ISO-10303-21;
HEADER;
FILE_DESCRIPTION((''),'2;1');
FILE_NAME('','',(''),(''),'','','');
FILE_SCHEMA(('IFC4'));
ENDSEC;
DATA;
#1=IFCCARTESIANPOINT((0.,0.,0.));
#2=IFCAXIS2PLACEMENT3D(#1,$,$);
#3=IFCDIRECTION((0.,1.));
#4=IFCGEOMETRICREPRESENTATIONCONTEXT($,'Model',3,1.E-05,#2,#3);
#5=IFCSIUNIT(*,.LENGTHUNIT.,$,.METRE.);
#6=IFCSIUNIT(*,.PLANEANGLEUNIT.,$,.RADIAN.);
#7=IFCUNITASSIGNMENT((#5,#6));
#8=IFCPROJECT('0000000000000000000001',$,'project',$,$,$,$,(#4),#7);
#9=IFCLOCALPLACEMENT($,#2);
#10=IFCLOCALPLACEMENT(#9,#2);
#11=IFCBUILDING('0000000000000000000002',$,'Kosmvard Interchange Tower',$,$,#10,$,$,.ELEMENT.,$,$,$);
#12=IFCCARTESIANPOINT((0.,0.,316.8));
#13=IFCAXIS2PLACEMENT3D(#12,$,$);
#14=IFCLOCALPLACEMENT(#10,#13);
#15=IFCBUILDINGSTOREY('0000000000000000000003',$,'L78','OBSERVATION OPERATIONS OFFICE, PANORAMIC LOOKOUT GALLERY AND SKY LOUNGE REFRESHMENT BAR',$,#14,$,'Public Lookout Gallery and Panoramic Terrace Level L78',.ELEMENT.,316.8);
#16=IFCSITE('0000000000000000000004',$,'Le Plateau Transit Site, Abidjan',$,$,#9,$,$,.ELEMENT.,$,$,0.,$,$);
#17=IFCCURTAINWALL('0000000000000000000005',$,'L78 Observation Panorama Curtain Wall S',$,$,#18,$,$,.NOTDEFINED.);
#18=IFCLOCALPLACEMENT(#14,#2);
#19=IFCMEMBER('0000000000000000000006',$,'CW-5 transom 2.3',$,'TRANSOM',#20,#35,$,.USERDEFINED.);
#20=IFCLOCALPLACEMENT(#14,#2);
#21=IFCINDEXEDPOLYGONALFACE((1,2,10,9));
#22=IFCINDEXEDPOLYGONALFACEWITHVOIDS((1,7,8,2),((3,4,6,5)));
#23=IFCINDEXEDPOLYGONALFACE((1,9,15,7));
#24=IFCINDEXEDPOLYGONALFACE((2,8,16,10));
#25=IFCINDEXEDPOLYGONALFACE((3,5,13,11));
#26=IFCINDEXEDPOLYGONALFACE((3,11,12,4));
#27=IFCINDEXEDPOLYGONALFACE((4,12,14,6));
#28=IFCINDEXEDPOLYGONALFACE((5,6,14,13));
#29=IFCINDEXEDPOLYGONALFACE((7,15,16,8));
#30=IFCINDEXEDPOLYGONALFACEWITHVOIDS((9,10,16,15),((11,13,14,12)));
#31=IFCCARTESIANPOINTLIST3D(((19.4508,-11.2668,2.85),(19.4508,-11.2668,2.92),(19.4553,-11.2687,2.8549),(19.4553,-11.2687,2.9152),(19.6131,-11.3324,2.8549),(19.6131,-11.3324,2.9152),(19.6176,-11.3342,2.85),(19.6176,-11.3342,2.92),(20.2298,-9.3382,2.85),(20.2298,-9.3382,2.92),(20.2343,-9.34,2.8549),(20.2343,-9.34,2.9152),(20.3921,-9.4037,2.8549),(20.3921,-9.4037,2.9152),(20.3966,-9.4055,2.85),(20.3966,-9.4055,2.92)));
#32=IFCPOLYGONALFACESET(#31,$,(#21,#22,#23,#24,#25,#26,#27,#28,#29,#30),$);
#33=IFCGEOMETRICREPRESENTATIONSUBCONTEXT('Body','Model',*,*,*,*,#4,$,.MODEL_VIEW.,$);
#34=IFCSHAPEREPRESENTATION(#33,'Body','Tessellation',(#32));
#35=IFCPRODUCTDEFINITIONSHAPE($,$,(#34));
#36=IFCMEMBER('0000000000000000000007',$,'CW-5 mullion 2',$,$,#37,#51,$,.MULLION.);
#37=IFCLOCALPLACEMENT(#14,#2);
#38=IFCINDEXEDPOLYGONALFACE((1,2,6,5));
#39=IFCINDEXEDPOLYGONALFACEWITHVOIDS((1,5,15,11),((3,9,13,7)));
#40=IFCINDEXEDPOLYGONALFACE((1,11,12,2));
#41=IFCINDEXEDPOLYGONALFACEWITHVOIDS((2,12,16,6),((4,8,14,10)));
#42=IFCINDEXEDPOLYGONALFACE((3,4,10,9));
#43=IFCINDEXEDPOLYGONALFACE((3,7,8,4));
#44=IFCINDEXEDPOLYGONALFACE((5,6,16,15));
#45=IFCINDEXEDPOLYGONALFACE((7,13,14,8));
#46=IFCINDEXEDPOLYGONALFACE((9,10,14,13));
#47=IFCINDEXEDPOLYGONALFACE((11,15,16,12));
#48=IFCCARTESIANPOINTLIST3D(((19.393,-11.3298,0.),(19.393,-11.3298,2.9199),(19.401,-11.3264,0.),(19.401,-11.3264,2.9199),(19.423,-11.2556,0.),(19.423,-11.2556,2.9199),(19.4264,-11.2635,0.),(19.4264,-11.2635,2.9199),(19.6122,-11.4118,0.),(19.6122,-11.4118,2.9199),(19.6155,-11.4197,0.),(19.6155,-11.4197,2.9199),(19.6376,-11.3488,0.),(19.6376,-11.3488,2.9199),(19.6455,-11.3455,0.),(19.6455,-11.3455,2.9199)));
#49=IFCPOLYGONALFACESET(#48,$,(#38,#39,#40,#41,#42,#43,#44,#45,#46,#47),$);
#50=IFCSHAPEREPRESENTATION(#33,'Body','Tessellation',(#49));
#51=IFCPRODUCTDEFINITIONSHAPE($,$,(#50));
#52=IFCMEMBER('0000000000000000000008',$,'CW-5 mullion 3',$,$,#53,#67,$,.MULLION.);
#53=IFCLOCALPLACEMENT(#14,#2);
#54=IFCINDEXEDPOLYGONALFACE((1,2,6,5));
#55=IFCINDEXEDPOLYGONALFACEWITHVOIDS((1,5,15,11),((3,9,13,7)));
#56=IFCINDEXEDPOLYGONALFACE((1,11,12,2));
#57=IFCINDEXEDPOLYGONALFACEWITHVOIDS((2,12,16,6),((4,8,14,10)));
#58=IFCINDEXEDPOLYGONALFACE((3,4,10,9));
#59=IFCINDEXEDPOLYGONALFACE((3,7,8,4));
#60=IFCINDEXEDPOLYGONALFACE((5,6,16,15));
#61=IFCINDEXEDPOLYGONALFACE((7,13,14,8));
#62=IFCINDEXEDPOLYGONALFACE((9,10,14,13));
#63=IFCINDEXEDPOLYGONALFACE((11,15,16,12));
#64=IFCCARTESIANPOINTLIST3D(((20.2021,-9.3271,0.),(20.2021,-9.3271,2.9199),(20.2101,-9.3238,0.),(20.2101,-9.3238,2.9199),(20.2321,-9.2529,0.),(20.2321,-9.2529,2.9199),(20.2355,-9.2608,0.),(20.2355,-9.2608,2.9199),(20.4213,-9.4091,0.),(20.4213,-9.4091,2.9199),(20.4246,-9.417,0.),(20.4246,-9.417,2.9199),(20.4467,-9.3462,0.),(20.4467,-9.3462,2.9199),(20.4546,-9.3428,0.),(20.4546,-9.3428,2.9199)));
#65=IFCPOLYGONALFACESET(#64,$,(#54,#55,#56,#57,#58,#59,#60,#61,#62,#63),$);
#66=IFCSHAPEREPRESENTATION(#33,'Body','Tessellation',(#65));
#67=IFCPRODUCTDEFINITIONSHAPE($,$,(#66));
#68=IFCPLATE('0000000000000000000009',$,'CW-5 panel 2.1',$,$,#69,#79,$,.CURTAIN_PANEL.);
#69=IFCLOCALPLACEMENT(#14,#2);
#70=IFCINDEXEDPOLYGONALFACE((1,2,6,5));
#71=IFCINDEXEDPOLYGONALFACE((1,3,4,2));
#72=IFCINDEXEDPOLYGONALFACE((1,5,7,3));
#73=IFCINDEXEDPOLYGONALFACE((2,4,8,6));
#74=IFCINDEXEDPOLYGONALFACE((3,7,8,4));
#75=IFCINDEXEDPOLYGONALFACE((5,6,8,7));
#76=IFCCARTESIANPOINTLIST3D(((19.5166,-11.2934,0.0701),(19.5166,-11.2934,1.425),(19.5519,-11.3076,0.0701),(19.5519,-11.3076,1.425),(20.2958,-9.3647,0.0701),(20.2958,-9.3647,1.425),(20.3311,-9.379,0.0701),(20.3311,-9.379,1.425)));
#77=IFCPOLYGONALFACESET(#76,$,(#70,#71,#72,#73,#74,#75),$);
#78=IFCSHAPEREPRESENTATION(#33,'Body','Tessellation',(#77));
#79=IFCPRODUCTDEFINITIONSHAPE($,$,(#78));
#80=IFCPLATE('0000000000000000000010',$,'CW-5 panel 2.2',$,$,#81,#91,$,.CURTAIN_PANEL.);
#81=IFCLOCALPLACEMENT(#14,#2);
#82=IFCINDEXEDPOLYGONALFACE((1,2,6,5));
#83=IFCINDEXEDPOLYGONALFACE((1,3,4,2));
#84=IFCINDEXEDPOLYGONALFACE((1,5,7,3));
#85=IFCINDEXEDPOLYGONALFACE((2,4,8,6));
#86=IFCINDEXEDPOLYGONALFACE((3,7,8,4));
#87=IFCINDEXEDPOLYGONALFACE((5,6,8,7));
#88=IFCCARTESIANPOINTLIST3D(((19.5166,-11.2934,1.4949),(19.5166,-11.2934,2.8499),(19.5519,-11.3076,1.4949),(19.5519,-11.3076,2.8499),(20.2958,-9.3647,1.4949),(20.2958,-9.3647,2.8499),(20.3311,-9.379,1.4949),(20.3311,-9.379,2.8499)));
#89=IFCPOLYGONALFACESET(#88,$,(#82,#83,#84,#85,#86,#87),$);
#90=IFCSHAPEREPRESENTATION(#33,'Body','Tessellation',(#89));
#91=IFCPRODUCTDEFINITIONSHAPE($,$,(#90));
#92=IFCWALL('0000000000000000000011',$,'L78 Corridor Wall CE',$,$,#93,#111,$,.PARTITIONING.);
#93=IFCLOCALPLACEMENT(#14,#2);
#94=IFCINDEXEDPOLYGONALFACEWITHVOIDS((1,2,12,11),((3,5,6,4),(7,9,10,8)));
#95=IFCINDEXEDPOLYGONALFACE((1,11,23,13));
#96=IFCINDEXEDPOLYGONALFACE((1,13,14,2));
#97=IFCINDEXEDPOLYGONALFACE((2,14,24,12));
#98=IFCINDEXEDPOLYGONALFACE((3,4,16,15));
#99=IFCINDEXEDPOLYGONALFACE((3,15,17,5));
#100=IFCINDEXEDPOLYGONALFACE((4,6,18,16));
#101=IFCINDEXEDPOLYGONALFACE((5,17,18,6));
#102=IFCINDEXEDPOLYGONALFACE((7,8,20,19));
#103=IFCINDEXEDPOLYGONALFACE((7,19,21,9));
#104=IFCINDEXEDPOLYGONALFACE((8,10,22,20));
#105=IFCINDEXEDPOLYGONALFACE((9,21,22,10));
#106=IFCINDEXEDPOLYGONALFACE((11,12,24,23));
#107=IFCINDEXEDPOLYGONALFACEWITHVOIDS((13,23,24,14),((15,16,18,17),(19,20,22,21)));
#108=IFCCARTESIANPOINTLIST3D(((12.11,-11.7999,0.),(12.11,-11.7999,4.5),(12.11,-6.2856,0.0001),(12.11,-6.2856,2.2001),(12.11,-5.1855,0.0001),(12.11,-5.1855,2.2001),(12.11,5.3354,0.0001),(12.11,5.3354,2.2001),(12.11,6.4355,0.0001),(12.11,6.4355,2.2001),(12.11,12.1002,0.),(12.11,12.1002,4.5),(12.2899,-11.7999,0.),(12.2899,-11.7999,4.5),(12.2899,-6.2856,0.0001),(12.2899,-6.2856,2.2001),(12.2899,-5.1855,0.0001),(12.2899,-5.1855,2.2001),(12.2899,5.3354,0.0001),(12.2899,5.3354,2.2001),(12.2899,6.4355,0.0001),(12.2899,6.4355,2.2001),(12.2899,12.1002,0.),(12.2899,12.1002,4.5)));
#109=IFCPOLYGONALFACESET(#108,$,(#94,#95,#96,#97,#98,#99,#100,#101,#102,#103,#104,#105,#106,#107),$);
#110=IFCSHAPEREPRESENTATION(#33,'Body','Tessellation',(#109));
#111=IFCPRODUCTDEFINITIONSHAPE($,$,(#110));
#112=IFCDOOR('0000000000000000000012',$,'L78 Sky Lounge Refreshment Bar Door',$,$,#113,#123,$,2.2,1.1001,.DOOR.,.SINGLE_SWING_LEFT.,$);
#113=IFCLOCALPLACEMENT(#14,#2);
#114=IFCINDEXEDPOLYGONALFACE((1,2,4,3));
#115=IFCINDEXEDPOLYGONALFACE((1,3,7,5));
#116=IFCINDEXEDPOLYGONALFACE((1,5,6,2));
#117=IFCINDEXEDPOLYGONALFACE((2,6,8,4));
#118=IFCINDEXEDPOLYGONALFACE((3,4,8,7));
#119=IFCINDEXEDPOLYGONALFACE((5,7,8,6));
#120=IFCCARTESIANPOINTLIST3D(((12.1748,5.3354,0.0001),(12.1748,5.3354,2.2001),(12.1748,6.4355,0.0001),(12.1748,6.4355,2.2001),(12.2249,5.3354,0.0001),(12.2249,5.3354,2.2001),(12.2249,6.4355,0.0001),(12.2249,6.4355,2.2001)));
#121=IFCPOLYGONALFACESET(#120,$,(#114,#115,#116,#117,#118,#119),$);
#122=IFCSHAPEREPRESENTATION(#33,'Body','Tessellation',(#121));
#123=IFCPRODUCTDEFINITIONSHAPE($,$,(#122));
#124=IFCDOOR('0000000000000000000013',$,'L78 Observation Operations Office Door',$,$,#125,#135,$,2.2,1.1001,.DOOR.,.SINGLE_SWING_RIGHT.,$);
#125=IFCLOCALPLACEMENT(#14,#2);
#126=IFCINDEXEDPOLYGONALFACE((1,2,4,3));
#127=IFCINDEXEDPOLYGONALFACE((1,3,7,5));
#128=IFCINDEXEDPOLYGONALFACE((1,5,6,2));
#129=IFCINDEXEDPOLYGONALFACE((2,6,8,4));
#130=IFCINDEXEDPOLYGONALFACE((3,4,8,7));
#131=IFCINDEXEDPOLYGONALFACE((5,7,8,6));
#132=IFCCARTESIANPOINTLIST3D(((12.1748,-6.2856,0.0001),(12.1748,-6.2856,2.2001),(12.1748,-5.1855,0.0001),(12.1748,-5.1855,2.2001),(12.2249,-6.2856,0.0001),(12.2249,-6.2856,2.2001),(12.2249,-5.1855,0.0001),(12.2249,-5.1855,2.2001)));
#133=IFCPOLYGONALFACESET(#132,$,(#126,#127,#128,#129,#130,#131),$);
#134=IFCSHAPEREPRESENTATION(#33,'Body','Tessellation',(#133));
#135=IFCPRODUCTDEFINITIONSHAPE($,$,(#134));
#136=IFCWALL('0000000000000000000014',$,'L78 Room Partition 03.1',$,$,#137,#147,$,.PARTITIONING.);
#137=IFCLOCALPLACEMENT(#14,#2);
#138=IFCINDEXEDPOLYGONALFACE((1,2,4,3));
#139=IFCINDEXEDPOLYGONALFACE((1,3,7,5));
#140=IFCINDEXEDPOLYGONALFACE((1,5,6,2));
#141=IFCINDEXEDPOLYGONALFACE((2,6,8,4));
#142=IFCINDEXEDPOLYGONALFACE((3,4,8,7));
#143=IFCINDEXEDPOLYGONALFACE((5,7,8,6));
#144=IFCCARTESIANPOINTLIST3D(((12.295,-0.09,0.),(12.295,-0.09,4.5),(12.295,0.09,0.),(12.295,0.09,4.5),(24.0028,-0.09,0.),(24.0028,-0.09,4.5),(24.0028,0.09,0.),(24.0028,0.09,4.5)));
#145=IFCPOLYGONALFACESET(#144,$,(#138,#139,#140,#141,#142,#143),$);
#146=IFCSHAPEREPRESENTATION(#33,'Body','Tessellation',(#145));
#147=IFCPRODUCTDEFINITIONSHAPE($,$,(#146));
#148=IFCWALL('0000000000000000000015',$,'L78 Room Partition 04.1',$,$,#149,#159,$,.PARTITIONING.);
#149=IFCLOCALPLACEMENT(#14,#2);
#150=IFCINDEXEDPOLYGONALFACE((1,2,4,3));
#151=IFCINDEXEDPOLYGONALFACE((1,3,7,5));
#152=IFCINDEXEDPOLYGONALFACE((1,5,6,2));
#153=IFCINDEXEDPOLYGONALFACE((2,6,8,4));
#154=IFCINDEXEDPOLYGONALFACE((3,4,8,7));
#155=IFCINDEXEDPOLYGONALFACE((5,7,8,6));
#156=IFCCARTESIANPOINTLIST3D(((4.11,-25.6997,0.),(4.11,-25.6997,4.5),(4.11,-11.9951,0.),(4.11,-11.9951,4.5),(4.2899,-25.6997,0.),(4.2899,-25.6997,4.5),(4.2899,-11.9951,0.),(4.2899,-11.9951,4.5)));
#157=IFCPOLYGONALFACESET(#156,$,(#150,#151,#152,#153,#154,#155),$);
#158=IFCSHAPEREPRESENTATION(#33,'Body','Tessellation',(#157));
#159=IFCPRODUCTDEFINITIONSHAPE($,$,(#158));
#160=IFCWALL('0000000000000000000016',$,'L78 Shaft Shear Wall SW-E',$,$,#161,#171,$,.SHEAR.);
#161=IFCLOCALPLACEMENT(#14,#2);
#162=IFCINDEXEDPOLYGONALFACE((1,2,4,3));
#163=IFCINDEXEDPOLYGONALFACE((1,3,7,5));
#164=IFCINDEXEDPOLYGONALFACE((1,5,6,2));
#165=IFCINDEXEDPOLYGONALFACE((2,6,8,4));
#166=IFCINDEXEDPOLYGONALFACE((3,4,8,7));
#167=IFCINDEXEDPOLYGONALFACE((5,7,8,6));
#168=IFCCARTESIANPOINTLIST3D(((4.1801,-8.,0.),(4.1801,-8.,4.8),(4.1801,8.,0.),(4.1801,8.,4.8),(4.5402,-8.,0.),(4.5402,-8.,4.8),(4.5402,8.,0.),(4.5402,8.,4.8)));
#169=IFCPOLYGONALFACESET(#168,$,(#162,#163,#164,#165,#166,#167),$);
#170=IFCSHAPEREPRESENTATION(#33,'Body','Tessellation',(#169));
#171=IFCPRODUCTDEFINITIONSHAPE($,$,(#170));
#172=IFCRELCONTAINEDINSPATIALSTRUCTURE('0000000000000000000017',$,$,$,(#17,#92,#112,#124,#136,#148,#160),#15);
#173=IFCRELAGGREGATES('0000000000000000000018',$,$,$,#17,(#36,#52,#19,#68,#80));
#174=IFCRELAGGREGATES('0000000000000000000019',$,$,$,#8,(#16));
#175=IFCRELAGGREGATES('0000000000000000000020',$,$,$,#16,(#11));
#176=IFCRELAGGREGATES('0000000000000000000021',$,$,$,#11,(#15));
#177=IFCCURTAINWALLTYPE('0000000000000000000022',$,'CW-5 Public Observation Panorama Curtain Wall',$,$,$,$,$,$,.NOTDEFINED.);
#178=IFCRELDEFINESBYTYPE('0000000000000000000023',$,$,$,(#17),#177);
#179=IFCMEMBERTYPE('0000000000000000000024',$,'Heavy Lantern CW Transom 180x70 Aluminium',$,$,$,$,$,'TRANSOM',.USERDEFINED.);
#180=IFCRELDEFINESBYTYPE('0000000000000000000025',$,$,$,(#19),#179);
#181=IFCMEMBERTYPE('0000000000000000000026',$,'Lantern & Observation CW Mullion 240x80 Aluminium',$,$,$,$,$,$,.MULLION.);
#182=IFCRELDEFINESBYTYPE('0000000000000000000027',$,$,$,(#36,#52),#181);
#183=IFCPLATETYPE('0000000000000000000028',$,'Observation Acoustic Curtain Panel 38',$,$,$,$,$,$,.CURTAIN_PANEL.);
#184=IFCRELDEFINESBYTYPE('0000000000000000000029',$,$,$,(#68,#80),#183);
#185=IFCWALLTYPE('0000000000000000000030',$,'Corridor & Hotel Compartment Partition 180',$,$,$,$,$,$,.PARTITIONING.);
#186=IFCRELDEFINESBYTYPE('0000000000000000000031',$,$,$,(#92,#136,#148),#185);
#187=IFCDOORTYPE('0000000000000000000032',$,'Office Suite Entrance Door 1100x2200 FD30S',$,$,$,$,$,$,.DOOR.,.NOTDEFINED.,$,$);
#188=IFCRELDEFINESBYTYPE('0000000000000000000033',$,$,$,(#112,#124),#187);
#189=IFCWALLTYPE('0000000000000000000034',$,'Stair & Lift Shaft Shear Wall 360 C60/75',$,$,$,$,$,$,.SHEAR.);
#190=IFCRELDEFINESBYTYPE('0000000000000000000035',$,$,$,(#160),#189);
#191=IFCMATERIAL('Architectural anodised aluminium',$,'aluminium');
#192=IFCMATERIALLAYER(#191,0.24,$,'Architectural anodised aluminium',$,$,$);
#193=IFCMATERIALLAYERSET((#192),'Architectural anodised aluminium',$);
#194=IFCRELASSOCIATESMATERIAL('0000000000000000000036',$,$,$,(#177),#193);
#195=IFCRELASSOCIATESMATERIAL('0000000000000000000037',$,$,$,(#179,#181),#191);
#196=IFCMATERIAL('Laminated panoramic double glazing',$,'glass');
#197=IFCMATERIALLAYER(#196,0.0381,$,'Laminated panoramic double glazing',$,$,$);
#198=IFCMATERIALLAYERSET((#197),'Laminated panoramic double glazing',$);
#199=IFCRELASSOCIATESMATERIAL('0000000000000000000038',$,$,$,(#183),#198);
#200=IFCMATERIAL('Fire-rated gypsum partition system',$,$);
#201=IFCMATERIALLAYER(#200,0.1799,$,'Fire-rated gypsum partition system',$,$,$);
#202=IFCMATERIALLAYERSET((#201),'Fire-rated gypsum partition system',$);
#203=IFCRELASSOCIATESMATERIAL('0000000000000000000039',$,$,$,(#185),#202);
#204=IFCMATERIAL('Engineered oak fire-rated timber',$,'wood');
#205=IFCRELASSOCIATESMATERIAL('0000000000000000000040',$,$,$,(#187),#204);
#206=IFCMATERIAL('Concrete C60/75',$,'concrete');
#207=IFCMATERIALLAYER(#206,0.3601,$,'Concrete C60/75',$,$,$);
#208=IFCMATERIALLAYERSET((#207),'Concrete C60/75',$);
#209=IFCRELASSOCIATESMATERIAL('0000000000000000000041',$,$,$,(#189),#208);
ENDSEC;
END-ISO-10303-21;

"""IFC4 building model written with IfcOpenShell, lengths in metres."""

from ifc_helpers import new_model, si_unit, direction, frame, frame_2d, origin, origin_2d, place, context, subcontext, project, spatial, rectangle, hollow_rectangle, extrude, source, transform, mapped, material, layer, layer_set, material_profile, profile_set, type_object, element, fill, aggregate, save


model = new_model("IFC4")

# Units and contexts
model_context = context("Model", 3, precision=1e-05, world=origin(), true_north=direction((0.0, 1.0)))
body_context = subcontext(model_context, "Body", "Model", "MODEL_VIEW")
ifc_project = project(units=[si_unit("LENGTHUNIT", "METRE"), si_unit("PLANEANGLEUNIT", "RADIAN")], contexts=[model_context])

# Site, building, storey
site_placement = place(None, origin())
site = spatial("IfcSite", under=ifc_project, at=site_placement, Name="Le Plateau Transit Site, Abidjan", CompositionType="ELEMENT", RefElevation=0.0)
building_placement = place(site_placement, origin())
building = spatial("IfcBuilding", under=site, at=building_placement, Name="Kosmvard Interchange Tower", CompositionType="ELEMENT")
storey_placement = place(building_placement, frame((0.0, 0.0, 316.8)))
storey = spatial("IfcBuildingStorey", under=building, at=storey_placement, Name="L78", Description="OBSERVATION OPERATIONS OFFICE, PANORAMIC LOOKOUT GALLERY AND SKY LOUNGE REFRESHMENT BAR", LongName="Public Lookout Gallery and Panoramic Terrace Level L78", CompositionType="ELEMENT", Elevation=316.8)

# Curtain wall, members, plates
ifc_material_1 = material(Name="Architectural anodised aluminium", Category="aluminium")
ifc_layer_1 = layer(ifc_material_1, 0.24, Name="Architectural anodised aluminium")
ifc_layer_set_1 = layer_set([ifc_layer_1], Name="Architectural anodised aluminium")
curtain_wall_type = type_object("IfcCurtainWallType", Name="CW-5 Public Observation Panorama Curtain Wall", PredefinedType="NOTDEFINED", material=ifc_layer_set_1)
curtain_wall_placement = place(storey_placement, origin())
curtain_wall = element("IfcCurtainWall", 1, at=curtain_wall_placement, inside=storey, type_object=curtain_wall_type, Name="L78 Observation Panorama Curtain Wall S", PredefinedType="NOTDEFINED")
ifc_material_profile_1 = material_profile(ifc_material_1, hollow_rectangle(XDim=0.1799, YDim=0.0701, WallThickness=0.0049, at=origin_2d()), Name="CWT 180x70x5")
ifc_profile_set_1 = profile_set([ifc_material_profile_1], Name="Architectural anodised aluminium")
member_type_1 = type_object("IfcMemberType", Name="Heavy Lantern CW Transom 180x70 Aluminium", ElementType="TRANSOM", PredefinedType="USERDEFINED", material=ifc_profile_set_1)
shared_shape_1 = source(origin(), body_context, "Body", "SweptSolid", [
    extrude(hollow_rectangle(XDim=0.1799, YDim=0.0701, WallThickness=0.0049, at=origin_2d()), origin(), (0.0, 0.0, 1.0), 2.0801),
])
member_1_placement = place(storey_placement, frame((19.5342, -11.3005, 2.885), z_axis=(0.374525, 0.927217, 0.0), x_axis=(-0.927217, 0.374525, 0.0)))
member_1 = element("IfcMember", 2, at=member_1_placement, type_object=member_type_1, Name="CW-5 transom 2.3", ObjectType="TRANSOM", PredefinedType="USERDEFINED", context=body_context, shape_type="MappedRepresentation", body=[
    mapped(shared_shape_1, transform((0.0, 0.0, 0.0), scale=1.0)),
])
ifc_material_profile_2 = material_profile(ifc_material_1, hollow_rectangle(XDim=0.24, YDim=0.0801, WallThickness=0.0061, at=origin_2d()), Name="CWM 240x80x6")
ifc_profile_set_2 = profile_set([ifc_material_profile_2], Name="Architectural anodised aluminium")
member_type_2 = type_object("IfcMemberType", Name="Lantern & Observation CW Mullion 240x80 Aluminium", PredefinedType="MULLION", material=ifc_profile_set_2)
shared_shape_2 = source(origin(), body_context, "Body", "SweptSolid", [
    extrude(hollow_rectangle(XDim=0.24, YDim=0.0801, WallThickness=0.0061, at=origin_2d()), origin(), (0.0, 0.0, 1.0), 2.9199),
])
member_2_placement = place(storey_placement, frame((19.5193, -11.3376, 0.0), z_axis=(0.0, 0.0, 1.0), x_axis=(-0.927184, 0.374607, 0.0)))
member_2 = element("IfcMember", 3, at=member_2_placement, type_object=member_type_2, Name="CW-5 mullion 2", PredefinedType="MULLION", context=body_context, shape_type="MappedRepresentation", body=[
    mapped(shared_shape_2, transform((0.0, 0.0, 0.0), scale=1.0)),
])
member_3_placement = place(storey_placement, frame((20.3284, -9.335, 0.0), z_axis=(0.0, 0.0, 1.0), x_axis=(-0.927184, 0.374607, 0.0)))
member_3 = element("IfcMember", 4, at=member_3_placement, type_object=member_type_2, Name="CW-5 mullion 3", PredefinedType="MULLION", context=body_context, shape_type="MappedRepresentation", body=[
    mapped(shared_shape_2, transform((0.0, 0.0, 0.0), scale=1.0)),
])
ifc_material_2 = material(Name="Laminated panoramic double glazing", Category="glass")
ifc_layer_2 = layer(ifc_material_2, 0.0381, Name="Laminated panoramic double glazing")
ifc_layer_set_2 = layer_set([ifc_layer_2], Name="Laminated panoramic double glazing")
plate_type = type_object("IfcPlateType", Name="Observation Acoustic Curtain Panel 38", PredefinedType="CURTAIN_PANEL", material=ifc_layer_set_2)
shared_shape_3 = source(origin(), body_context, "Body", "SweptSolid", [
    extrude(rectangle(XDim=2.0801, YDim=0.0381, at=origin_2d()), origin(), (0.0, 0.0, 1.0), 1.355),
])
plate_1_placement = place(storey_placement, frame((19.9238, -10.3362, 0.0701), z_axis=(0.0, 0.0, 1.0), x_axis=(0.374607, 0.927184, 0.0)))
plate_1 = element("IfcPlate", 5, at=plate_1_placement, type_object=plate_type, Name="CW-5 panel 2.1", PredefinedType="CURTAIN_PANEL", context=body_context, shape_type="MappedRepresentation", body=[
    mapped(shared_shape_3, transform((0.0, 0.0, 0.0), scale=1.0)),
])
plate_2_placement = place(storey_placement, frame((19.9238, -10.3362, 1.4949), z_axis=(0.0, 0.0, 1.0), x_axis=(0.374607, 0.927184, 0.0)))
plate_2 = element("IfcPlate", 6, at=plate_2_placement, type_object=plate_type, Name="CW-5 panel 2.2", PredefinedType="CURTAIN_PANEL", context=body_context, shape_type="MappedRepresentation", body=[
    mapped(shared_shape_3, transform((0.0, 0.0, 0.0), scale=1.0)),
])
aggregate(curtain_wall, [member_2, member_3, member_1, plate_1, plate_2])

# Wall, openings, doors
ifc_material_3 = material(Name="Fire-rated gypsum partition system")
ifc_layer_3 = layer(ifc_material_3, 0.1799, Name="Fire-rated gypsum partition system")
ifc_layer_set_3 = layer_set([ifc_layer_3], Name="Fire-rated gypsum partition system")
wall_type_1 = type_object("IfcWallType", Name="Corridor & Hotel Compartment Partition 180", PredefinedType="PARTITIONING", material=ifc_layer_set_3)
wall_1_placement = place(storey_placement, frame((12.2, -11.8, 0.0), z_axis=(0.0, 0.0, 1.0), x_axis=(0.0, 1.0, 0.0)))
wall_1 = element("IfcWall", 7, at=wall_1_placement, inside=storey, type_object=wall_type_1, Name="L78 Corridor Wall CE", PredefinedType="PARTITIONING", context=body_context, shape_type="SweptSolid", body=[
    extrude(rectangle(XDim=23.9001, YDim=0.1799, at=frame_2d((11.9502, 0.0))), origin(), (0.0, 0.0, 1.0), 4.5),
])
opening_1_placement = place(wall_1_placement, frame((17.1355, 0.0, 0.0)))
opening_1 = element("IfcOpeningElement", 8, at=opening_1_placement, cuts=wall_1, PredefinedType="OPENING", context=body_context, shape_type="SweptSolid", body=[
    extrude(rectangle(XDim=1.1001, YDim=2.2, at=frame_2d((0.55, 1.1001))), frame((0.0, 0.1001, 0.0), z_axis=(0.0, -1.0, 0.0), x_axis=(1.0, 0.0, 0.0)), (0.0, 0.0, 1.0), 0.2),
])
opening_2_placement = place(wall_1_placement, frame((5.5144, 0.0, 0.0)))
opening_2 = element("IfcOpeningElement", 9, at=opening_2_placement, cuts=wall_1, PredefinedType="OPENING", context=body_context, shape_type="SweptSolid", body=[
    extrude(rectangle(XDim=1.1001, YDim=2.2, at=frame_2d((0.55, 1.1001))), frame((0.0, 0.1001, 0.0), z_axis=(0.0, -1.0, 0.0), x_axis=(1.0, 0.0, 0.0)), (0.0, 0.0, 1.0), 0.2),
])
ifc_material_4 = material(Name="Engineered oak fire-rated timber", Category="wood")
door_type_1 = type_object("IfcDoorType", Name="Office Suite Entrance Door 1100x2200 FD30S", OperationType="NOTDEFINED", PredefinedType="DOOR", material=ifc_material_4)
shared_shape_4 = source(origin(), body_context, "Body", "SweptSolid", [
    extrude(rectangle(XDim=1.1001, YDim=2.2, at=frame_2d((0.55, 1.1001))), frame((0.0, 0.0249, 0.0), z_axis=(0.0, -1.0, 0.0), x_axis=(1.0, 0.0, 0.0)), (0.0, 0.0, 1.0), 0.05),
])
door_1_placement = place(opening_1_placement, frame((1.1001, 0.0, 0.0), z_axis=(0.0, 0.0, 1.0), x_axis=(-1.0, 0.0, 0.0)))
door_1 = element("IfcDoor", 10, at=door_1_placement, inside=storey, type_object=door_type_1, Name="L78 Sky Lounge Refreshment Bar Door", OperationType="SINGLE_SWING_LEFT", OverallHeight=2.2, OverallWidth=1.1001, PredefinedType="DOOR", context=body_context, shape_type="MappedRepresentation", body=[
    mapped(shared_shape_4, transform((0.0, 0.0, 0.0), scale=1.0)),
])
fill(opening_1, door_1)
door_2_placement = place(opening_2_placement, frame((1.1001, 0.0, 0.0), z_axis=(0.0, 0.0, 1.0), x_axis=(-1.0, 0.0, 0.0)))
door_2 = element("IfcDoor", 11, at=door_2_placement, inside=storey, type_object=door_type_1, Name="L78 Observation Operations Office Door", OperationType="SINGLE_SWING_RIGHT", OverallHeight=2.2, OverallWidth=1.1001, PredefinedType="DOOR", context=body_context, shape_type="MappedRepresentation", body=[
    mapped(shared_shape_4, transform((0.0, 0.0, 0.0), scale=1.0)),
])
fill(opening_2, door_2)

# Walls
wall_2_placement = place(storey_placement, frame((12.2949, 0.0, 0.0), z_axis=(0.0, 0.0, 1.0), x_axis=(1.0, 0.0, 0.0)))
element("IfcWall", 12, at=wall_2_placement, inside=storey, type_object=wall_type_1, Name="L78 Room Partition 03.1", PredefinedType="PARTITIONING", context=body_context, shape_type="SweptSolid", body=[
    extrude(rectangle(XDim=11.7078, YDim=0.1799, at=frame_2d((5.854, 0.0))), origin(), (0.0, 0.0, 1.0), 4.5),
])
wall_3_placement = place(storey_placement, frame((4.2, -11.9951, 0.0), z_axis=(0.0, 0.0, 1.0), x_axis=(0.0, -1.0, 0.0)))
element("IfcWall", 13, at=wall_3_placement, inside=storey, type_object=wall_type_1, Name="L78 Room Partition 04.1", PredefinedType="PARTITIONING", context=body_context, shape_type="SweptSolid", body=[
    extrude(rectangle(XDim=13.7046, YDim=0.1799, at=frame_2d((6.8523, 0.0))), origin(), (0.0, 0.0, 1.0), 4.5),
])
ifc_material_5 = material(Name="Concrete C60/75", Category="concrete")
ifc_layer_4 = layer(ifc_material_5, 0.3601, Name="Concrete C60/75")
ifc_layer_set_4 = layer_set([ifc_layer_4], Name="Concrete C60/75")
wall_type_2 = type_object("IfcWallType", Name="Stair & Lift Shaft Shear Wall 360 C60/75", PredefinedType="SHEAR", material=ifc_layer_set_4)
wall_4_placement = place(storey_placement, frame((4.3601, -8.0, 0.0), z_axis=(0.0, 0.0, 1.0), x_axis=(0.0, 1.0, 0.0)))
element("IfcWall", 14, at=wall_4_placement, inside=storey, type_object=wall_type_2, Name="L78 Shaft Shear Wall SW-E", PredefinedType="SHEAR", context=body_context, shape_type="SweptSolid", body=[
    extrude(rectangle(XDim=16.0, YDim=0.3601, at=frame_2d((8.0, 0.0))), origin(), (0.0, 0.0, 1.0), 4.8),
])

save(model, "model.ifc")
